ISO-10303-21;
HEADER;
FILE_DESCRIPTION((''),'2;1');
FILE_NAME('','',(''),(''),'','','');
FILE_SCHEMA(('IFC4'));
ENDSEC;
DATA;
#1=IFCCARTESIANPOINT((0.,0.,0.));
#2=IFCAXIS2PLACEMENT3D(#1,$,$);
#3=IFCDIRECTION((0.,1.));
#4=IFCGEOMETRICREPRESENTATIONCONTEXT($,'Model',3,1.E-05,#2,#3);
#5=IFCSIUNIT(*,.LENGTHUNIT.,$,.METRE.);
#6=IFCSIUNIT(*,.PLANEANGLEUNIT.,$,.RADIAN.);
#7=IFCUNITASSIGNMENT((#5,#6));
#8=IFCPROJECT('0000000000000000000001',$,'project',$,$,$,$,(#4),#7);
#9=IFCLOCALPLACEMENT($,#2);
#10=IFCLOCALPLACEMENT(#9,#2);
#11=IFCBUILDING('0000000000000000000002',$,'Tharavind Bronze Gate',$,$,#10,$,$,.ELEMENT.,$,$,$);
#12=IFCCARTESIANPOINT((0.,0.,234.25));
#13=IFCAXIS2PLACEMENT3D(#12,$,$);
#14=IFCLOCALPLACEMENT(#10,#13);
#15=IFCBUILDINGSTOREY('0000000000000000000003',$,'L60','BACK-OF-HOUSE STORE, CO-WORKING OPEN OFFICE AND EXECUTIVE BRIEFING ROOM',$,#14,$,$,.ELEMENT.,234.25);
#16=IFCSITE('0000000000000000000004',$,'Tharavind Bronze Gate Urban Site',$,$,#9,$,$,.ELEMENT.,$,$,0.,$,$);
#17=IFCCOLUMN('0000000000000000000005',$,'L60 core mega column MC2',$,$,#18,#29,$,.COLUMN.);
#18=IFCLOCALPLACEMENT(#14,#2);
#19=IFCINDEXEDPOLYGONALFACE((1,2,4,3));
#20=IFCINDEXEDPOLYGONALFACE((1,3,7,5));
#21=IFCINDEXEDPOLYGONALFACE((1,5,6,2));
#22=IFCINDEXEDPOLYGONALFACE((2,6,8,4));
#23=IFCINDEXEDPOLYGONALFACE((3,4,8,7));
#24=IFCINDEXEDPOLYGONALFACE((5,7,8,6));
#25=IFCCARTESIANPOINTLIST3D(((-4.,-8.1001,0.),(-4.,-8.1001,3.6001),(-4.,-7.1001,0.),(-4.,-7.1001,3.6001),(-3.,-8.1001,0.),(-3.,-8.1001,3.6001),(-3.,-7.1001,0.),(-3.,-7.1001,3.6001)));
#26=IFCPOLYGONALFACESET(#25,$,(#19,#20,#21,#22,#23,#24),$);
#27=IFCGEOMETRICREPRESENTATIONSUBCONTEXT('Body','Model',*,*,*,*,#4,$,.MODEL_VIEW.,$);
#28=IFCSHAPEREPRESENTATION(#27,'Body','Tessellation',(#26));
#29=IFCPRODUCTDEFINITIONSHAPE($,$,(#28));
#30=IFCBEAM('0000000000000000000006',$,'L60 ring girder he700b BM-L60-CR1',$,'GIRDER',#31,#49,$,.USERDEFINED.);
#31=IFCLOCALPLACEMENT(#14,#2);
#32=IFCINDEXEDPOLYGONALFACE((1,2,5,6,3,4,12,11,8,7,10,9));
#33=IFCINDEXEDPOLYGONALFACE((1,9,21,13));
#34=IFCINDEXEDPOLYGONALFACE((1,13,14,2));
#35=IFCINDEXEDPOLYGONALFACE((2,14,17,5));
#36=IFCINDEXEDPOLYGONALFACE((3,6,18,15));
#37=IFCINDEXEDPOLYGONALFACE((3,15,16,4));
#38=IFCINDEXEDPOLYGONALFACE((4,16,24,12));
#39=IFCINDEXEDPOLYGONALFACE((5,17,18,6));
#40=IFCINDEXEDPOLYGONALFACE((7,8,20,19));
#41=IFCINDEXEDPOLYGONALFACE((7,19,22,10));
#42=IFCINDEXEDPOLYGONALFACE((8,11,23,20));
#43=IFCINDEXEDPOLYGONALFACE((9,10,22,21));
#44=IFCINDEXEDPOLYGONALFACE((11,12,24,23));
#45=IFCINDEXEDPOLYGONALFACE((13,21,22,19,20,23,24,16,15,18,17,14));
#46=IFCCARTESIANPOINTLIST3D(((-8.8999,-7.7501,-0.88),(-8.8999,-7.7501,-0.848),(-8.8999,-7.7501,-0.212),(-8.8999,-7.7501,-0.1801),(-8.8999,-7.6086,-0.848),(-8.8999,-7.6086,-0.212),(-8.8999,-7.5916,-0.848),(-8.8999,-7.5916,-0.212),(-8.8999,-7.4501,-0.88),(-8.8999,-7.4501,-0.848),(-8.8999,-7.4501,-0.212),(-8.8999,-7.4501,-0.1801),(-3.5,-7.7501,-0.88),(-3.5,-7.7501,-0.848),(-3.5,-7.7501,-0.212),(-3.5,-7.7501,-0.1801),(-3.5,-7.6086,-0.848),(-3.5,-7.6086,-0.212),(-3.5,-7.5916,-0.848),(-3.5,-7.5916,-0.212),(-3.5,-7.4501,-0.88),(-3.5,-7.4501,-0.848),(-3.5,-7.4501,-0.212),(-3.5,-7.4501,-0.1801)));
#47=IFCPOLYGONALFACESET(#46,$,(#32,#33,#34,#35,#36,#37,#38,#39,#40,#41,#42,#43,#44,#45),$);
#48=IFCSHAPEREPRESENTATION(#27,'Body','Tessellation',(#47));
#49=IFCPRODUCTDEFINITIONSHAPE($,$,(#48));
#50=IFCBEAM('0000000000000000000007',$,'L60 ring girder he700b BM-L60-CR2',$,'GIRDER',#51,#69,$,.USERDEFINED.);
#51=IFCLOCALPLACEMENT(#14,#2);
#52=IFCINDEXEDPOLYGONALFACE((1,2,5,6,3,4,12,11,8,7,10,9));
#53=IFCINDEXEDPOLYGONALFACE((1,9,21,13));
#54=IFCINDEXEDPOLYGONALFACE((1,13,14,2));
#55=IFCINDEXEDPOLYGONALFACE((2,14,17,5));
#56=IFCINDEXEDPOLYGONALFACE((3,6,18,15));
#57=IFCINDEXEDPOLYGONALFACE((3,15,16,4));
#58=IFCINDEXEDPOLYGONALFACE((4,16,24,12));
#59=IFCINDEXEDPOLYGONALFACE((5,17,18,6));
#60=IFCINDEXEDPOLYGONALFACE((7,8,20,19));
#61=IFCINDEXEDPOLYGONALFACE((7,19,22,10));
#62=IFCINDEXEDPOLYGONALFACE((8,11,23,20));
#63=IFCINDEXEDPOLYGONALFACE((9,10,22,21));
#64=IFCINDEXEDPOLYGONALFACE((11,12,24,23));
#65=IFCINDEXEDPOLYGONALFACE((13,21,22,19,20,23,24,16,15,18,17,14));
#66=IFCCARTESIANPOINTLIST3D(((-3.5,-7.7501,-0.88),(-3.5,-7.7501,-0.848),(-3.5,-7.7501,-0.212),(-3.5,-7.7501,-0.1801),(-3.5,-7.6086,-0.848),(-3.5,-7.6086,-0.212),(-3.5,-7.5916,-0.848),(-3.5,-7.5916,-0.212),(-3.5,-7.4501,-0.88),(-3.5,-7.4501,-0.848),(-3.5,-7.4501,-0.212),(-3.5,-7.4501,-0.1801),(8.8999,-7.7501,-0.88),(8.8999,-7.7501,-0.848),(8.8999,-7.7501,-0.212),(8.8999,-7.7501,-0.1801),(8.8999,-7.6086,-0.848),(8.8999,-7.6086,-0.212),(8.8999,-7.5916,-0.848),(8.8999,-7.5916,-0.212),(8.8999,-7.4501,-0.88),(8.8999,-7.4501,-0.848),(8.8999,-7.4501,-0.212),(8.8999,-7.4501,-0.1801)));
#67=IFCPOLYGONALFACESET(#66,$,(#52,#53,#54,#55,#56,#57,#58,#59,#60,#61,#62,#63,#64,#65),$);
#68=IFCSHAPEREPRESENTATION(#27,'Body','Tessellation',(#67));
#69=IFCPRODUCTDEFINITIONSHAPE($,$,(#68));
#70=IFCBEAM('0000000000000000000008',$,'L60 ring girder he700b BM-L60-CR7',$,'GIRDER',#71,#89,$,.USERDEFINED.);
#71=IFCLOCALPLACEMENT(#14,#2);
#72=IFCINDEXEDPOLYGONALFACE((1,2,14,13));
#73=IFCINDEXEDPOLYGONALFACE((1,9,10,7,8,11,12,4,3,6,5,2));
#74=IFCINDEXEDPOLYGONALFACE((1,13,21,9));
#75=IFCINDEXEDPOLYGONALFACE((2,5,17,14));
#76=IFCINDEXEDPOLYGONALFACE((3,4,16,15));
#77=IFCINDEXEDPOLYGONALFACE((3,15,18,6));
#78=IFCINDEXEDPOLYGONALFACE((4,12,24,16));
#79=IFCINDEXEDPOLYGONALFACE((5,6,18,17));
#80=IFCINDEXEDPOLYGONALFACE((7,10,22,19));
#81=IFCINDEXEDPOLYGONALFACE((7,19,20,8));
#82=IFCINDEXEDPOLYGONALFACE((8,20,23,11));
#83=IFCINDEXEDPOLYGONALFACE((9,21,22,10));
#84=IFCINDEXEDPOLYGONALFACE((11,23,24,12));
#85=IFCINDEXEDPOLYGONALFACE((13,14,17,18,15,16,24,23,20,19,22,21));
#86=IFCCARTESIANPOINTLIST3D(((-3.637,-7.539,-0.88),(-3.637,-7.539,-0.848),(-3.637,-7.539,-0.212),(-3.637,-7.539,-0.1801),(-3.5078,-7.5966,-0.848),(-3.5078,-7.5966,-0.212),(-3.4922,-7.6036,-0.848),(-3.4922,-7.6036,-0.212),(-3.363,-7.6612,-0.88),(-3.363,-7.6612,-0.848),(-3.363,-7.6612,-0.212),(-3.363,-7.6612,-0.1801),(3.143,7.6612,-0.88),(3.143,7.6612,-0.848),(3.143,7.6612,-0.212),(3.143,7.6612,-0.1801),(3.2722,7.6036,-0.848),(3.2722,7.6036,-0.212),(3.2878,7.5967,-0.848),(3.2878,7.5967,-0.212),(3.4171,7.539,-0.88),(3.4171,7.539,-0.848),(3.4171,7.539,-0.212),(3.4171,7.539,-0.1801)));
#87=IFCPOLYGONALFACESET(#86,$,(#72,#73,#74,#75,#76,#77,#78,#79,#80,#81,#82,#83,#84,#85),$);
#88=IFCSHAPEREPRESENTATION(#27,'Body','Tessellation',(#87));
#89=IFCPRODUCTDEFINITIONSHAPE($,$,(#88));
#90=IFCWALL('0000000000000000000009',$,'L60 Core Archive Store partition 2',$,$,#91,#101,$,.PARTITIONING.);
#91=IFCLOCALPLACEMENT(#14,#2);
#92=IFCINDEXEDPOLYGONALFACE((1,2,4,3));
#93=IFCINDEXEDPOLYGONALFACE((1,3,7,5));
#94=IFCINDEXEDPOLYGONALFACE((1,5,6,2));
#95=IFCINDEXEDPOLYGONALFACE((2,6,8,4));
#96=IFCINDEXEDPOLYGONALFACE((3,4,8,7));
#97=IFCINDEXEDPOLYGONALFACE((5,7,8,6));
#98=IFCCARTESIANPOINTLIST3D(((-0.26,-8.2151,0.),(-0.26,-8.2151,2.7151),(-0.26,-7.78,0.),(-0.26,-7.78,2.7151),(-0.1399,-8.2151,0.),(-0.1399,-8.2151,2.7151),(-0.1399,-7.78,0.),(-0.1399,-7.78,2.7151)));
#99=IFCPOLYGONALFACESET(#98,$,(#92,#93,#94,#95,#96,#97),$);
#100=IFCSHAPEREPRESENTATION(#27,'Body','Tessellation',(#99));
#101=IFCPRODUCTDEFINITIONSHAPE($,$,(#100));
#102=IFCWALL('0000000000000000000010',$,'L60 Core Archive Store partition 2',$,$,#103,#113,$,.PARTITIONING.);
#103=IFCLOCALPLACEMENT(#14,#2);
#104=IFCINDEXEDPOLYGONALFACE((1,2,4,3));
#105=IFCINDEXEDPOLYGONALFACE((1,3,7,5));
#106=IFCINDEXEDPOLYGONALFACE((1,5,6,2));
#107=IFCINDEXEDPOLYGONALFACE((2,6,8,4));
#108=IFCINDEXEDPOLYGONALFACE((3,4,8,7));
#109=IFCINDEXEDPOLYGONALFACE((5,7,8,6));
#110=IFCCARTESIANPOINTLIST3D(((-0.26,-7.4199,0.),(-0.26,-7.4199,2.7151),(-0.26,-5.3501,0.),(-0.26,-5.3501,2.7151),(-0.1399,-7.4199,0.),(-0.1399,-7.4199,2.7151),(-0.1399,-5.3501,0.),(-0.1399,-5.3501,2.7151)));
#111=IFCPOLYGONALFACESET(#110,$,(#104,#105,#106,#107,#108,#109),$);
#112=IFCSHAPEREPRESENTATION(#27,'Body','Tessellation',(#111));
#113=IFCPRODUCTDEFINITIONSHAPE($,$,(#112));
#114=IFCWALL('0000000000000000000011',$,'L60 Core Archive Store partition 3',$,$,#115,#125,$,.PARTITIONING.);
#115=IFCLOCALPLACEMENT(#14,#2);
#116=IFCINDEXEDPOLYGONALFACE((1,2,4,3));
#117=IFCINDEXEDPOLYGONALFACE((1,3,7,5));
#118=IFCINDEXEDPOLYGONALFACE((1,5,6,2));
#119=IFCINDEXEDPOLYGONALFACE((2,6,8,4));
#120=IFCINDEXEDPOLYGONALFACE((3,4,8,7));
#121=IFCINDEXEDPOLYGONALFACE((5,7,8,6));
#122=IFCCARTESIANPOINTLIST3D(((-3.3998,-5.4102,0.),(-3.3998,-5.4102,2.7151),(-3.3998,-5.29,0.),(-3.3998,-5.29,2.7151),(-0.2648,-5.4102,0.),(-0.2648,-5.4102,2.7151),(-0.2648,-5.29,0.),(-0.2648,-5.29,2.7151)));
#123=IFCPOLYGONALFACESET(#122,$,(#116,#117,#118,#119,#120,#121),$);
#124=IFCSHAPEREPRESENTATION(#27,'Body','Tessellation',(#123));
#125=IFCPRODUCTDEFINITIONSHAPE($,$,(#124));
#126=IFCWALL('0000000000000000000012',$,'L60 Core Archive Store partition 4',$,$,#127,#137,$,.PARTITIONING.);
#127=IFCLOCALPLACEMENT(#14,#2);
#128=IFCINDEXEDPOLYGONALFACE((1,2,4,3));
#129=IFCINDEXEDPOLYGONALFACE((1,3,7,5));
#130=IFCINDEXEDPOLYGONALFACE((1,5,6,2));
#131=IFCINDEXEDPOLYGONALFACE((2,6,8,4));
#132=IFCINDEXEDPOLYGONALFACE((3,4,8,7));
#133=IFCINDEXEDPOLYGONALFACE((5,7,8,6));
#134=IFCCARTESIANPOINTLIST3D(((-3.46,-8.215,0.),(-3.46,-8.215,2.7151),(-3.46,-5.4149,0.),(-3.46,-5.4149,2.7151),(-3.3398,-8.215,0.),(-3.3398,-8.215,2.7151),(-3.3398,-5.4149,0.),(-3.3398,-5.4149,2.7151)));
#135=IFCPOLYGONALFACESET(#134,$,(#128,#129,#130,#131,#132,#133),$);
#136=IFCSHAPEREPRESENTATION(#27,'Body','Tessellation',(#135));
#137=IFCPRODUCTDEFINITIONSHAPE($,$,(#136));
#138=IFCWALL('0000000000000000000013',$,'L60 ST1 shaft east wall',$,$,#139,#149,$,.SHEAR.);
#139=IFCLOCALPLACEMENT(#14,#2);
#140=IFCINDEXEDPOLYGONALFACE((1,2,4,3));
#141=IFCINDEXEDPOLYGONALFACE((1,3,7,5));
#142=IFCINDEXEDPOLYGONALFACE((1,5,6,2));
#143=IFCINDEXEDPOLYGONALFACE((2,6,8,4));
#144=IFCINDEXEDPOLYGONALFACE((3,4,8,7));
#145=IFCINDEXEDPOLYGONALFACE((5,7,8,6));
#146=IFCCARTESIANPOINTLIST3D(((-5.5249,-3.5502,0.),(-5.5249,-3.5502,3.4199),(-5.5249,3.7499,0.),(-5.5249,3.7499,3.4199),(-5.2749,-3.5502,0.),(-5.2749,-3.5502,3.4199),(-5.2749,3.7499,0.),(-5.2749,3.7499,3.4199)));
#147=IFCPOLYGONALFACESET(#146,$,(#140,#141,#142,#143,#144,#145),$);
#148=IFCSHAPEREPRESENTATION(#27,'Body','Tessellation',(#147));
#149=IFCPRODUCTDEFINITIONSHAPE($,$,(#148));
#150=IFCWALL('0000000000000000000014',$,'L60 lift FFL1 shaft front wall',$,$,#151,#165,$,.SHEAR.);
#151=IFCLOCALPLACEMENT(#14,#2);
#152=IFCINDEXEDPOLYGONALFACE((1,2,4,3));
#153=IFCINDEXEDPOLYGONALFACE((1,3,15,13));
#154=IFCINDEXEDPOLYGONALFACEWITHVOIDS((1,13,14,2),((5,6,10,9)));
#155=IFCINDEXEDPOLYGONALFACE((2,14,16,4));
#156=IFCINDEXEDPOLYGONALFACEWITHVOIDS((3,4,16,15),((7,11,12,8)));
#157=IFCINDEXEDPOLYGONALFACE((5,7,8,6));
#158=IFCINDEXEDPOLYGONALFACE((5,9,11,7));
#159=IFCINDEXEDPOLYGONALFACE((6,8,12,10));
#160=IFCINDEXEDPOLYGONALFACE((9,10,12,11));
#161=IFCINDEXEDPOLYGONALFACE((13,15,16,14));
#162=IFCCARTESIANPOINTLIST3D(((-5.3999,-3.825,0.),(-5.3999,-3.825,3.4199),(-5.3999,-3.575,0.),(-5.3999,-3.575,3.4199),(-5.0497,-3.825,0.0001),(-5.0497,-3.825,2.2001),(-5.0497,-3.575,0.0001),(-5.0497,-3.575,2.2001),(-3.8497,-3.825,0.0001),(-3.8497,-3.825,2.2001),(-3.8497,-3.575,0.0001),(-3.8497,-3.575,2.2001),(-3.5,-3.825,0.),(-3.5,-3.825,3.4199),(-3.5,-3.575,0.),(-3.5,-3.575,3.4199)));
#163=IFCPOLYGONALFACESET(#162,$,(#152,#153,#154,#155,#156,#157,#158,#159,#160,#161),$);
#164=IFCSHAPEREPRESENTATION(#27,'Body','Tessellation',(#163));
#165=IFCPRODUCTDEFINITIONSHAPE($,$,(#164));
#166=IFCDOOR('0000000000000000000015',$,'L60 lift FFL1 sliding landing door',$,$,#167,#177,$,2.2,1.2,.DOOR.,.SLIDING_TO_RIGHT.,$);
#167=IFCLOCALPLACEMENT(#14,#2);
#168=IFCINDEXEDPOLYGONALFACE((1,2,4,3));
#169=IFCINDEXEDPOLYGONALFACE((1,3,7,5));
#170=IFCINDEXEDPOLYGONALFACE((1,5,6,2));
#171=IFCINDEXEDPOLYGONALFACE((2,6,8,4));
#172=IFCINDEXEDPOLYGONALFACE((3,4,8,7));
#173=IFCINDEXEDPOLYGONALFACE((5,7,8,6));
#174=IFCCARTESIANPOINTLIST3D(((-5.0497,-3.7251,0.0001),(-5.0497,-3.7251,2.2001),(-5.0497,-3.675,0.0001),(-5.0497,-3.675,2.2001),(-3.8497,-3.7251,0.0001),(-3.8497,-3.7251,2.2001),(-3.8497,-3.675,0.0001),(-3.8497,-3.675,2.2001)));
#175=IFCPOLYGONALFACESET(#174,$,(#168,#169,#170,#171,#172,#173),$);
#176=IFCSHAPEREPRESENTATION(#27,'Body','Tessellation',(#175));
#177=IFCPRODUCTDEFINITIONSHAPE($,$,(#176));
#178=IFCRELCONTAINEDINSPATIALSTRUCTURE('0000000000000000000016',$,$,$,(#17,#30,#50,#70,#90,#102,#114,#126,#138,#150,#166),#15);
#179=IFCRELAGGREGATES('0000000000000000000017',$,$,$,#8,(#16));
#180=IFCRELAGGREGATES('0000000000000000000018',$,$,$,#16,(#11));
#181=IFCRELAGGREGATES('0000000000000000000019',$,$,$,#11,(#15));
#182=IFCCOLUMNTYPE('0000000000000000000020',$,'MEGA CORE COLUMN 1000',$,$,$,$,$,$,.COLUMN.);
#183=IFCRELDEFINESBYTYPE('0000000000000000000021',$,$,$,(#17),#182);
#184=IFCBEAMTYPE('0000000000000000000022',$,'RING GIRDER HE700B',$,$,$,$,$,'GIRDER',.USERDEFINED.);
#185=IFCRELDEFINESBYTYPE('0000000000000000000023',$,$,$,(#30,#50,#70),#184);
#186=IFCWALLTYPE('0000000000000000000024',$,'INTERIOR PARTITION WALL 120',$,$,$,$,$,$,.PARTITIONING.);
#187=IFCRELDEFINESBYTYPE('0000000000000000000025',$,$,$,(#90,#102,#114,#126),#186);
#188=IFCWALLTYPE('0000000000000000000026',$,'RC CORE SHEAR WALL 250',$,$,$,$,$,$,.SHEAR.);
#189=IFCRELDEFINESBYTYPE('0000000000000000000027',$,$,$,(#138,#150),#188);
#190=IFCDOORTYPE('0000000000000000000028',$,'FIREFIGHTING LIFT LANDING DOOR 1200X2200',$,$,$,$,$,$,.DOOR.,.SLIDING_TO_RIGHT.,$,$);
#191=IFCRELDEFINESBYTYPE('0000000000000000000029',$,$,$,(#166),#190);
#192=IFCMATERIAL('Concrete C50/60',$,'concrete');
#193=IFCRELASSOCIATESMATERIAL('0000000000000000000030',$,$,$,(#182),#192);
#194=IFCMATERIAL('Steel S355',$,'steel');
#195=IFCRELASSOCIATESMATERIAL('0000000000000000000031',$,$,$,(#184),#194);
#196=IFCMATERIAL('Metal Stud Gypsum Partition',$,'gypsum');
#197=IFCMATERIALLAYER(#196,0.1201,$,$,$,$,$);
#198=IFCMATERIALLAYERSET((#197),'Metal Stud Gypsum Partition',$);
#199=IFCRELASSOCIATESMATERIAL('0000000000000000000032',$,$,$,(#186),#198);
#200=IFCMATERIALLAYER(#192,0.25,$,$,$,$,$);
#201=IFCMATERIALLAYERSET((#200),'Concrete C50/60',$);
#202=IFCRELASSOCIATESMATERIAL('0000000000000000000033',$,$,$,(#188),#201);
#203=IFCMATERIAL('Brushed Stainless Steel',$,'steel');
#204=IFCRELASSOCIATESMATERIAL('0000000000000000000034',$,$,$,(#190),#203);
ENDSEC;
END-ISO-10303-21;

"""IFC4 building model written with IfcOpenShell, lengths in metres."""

from ifc_helpers import new_model, si_unit, direction, frame, frame_2d, origin, origin_2d, place, context, subcontext, project, spatial, rectangle, i_section, extrude, material, layer, layer_set, material_profile, profile_set, type_object, element, fill, save


model = new_model("IFC4")

# Units and contexts
model_context = context("Model", 3, precision=1e-05, world=origin(), true_north=direction((0.0, 1.0)))
body_context = subcontext(model_context, "Body", "Model", "MODEL_VIEW")
ifc_project = project(units=[si_unit("LENGTHUNIT", "METRE"), si_unit("PLANEANGLEUNIT", "RADIAN")], contexts=[model_context])

# Site, building, storey
site_placement = place(None, origin())
site = spatial("IfcSite", under=ifc_project, at=site_placement, Name="Tharavind Bronze Gate Urban Site", CompositionType="ELEMENT", RefElevation=0.0)
building_placement = place(site_placement, origin())
building = spatial("IfcBuilding", under=site, at=building_placement, Name="Tharavind Bronze Gate", CompositionType="ELEMENT")
storey_placement = place(building_placement, frame((0.0, 0.0, 234.25)))
storey = spatial("IfcBuildingStorey", under=building, at=storey_placement, Name="L60", Description="BACK-OF-HOUSE STORE, CO-WORKING OPEN OFFICE AND EXECUTIVE BRIEFING ROOM", CompositionType="ELEMENT", Elevation=234.25)

# Column
ifc_material_1 = material(Name="Concrete C50/60", Category="concrete")
ifc_material_profile_1 = material_profile(ifc_material_1, rectangle(XDim=1.0, YDim=1.0, at=origin_2d()), Name="RCCOL1000")
ifc_profile_set_1 = profile_set([ifc_material_profile_1], Name="Concrete C50/60")
column_type = type_object("IfcColumnType", Name="MEGA CORE COLUMN 1000", PredefinedType="COLUMN", material=ifc_profile_set_1)
column_placement = place(storey_placement, frame((-3.5, -7.6001, 0.0), z_axis=(0.0, 0.0, 1.0), x_axis=(1.0, 0.0, 0.0)))
element("IfcColumn", 1, at=column_placement, inside=storey, type_object=column_type, Name="L60 core mega column MC2", PredefinedType="COLUMN", context=body_context, shape_type="SweptSolid", body=[
    extrude(rectangle(XDim=1.0, YDim=1.0, at=origin_2d()), origin(), (0.0, 0.0, 1.0), 3.6001),
])

# Beams
ifc_material_2 = material(Name="Steel S355", Category="steel")
ifc_material_profile_2 = material_profile(ifc_material_2, i_section(OverallWidth=0.3, OverallDepth=0.7, WebThickness=0.0171, FlangeThickness=0.032, at=origin_2d()), Name="HE700B")
ifc_profile_set_2 = profile_set([ifc_material_profile_2], Name="Steel S355")
beam_type = type_object("IfcBeamType", Name="RING GIRDER HE700B", ElementType="GIRDER", PredefinedType="USERDEFINED", material=ifc_profile_set_2)
beam_1_placement = place(storey_placement, frame((-8.8999, -7.6001, -0.53), z_axis=(1.0, 0.0, 0.0), x_axis=(0.0, 1.0, 0.0)))
element("IfcBeam", 2, at=beam_1_placement, inside=storey, type_object=beam_type, Name="L60 ring girder he700b BM-L60-CR1", ObjectType="GIRDER", PredefinedType="USERDEFINED", context=body_context, shape_type="SweptSolid", body=[
    extrude(i_section(OverallWidth=0.3, OverallDepth=0.7, WebThickness=0.0171, FlangeThickness=0.032, at=origin_2d()), origin(), (0.0, 0.0, 1.0), 5.3999),
])
beam_2_placement = place(storey_placement, frame((-3.5, -7.6001, -0.53), z_axis=(1.0, 0.0, 0.0), x_axis=(0.0, 1.0, 0.0)))
element("IfcBeam", 3, at=beam_2_placement, inside=storey, type_object=beam_type, Name="L60 ring girder he700b BM-L60-CR2", ObjectType="GIRDER", PredefinedType="USERDEFINED", context=body_context, shape_type="SweptSolid", body=[
    extrude(i_section(OverallWidth=0.3, OverallDepth=0.7, WebThickness=0.0171, FlangeThickness=0.032, at=origin_2d()), origin(), (0.0, 0.0, 1.0), 12.3999),
])
beam_3_placement = place(storey_placement, frame((-3.5, -7.6001, -0.53), z_axis=(0.407362, 0.913267, 0.0), x_axis=(-0.913267, 0.407362, 0.0)))
element("IfcBeam", 4, at=beam_3_placement, inside=storey, type_object=beam_type, Name="L60 ring girder he700b BM-L60-CR7", ObjectType="GIRDER", PredefinedType="USERDEFINED", context=body_context, shape_type="SweptSolid", body=[
    extrude(i_section(OverallWidth=0.3, OverallDepth=0.7, WebThickness=0.0171, FlangeThickness=0.032, at=origin_2d()), origin(), (0.0, 0.0, 1.0), 16.6438),
])

# Walls
ifc_material_3 = material(Name="Metal Stud Gypsum Partition", Category="gypsum")
ifc_layer_1 = layer(ifc_material_3, 0.1201)
ifc_layer_set_1 = layer_set([ifc_layer_1], Name="Metal Stud Gypsum Partition")
wall_type_1 = type_object("IfcWallType", Name="INTERIOR PARTITION WALL 120", PredefinedType="PARTITIONING", material=ifc_layer_set_1)
wall_1_placement = place(storey_placement, frame((-0.2, -8.2151, 0.0), z_axis=(0.0, 0.0, 1.0), x_axis=(0.0, 1.0, 0.0)))
element("IfcWall", 5, at=wall_1_placement, inside=storey, type_object=wall_type_1, Name="L60 Core Archive Store partition 2", PredefinedType="PARTITIONING", context=body_context, shape_type="SweptSolid", body=[
    extrude(rectangle(XDim=0.4351, YDim=0.1201, at=frame_2d((0.2175, 0.0))), origin(), (0.0, 0.0, 1.0), 2.7151),
])
wall_2_placement = place(storey_placement, frame((-0.2, -7.4199, 0.0), z_axis=(0.0, 0.0, 1.0), x_axis=(0.0, 1.0, 0.0)))
element("IfcWall", 6, at=wall_2_placement, inside=storey, type_object=wall_type_1, Name="L60 Core Archive Store partition 2", PredefinedType="PARTITIONING", context=body_context, shape_type="SweptSolid", body=[
    extrude(rectangle(XDim=2.0698, YDim=0.1201, at=frame_2d((1.0349, 0.0))), origin(), (0.0, 0.0, 1.0), 2.7151),
])
wall_3_placement = place(storey_placement, frame((-0.2649, -5.3501, 0.0), z_axis=(0.0, 0.0, 1.0), x_axis=(-1.0, 0.0, 0.0)))
element("IfcWall", 7, at=wall_3_placement, inside=storey, type_object=wall_type_1, Name="L60 Core Archive Store partition 3", PredefinedType="PARTITIONING", context=body_context, shape_type="SweptSolid", body=[
    extrude(rectangle(XDim=3.135, YDim=0.1201, at=frame_2d((1.5674, 0.0))), origin(), (0.0, 0.0, 1.0), 2.7151),
])
wall_4_placement = place(storey_placement, frame((-3.3999, -5.415, 0.0), z_axis=(0.0, 0.0, 1.0), x_axis=(0.0, -1.0, 0.0)))
element("IfcWall", 8, at=wall_4_placement, inside=storey, type_object=wall_type_1, Name="L60 Core Archive Store partition 4", PredefinedType="PARTITIONING", context=body_context, shape_type="SweptSolid", body=[
    extrude(rectangle(XDim=2.8, YDim=0.1201, at=frame_2d((1.3999, 0.0))), origin(), (0.0, 0.0, 1.0), 2.7151),
])
ifc_layer_2 = layer(ifc_material_1, 0.25)
ifc_layer_set_2 = layer_set([ifc_layer_2], Name="Concrete C50/60")
wall_type_2 = type_object("IfcWallType", Name="RC CORE SHEAR WALL 250", PredefinedType="SHEAR", material=ifc_layer_set_2)
wall_5_placement = place(storey_placement, frame((-5.3999, -3.55, 0.0), z_axis=(0.0, 0.0, 1.0), x_axis=(0.0, 1.0, 0.0)))
element("IfcWall", 9, at=wall_5_placement, inside=storey, type_object=wall_type_2, Name="L60 ST1 shaft east wall", PredefinedType="SHEAR", context=body_context, shape_type="SweptSolid", body=[
    extrude(rectangle(XDim=7.3, YDim=0.25, at=frame_2d((3.6499, 0.0))), origin(), (0.0, 0.0, 1.0), 3.4199),
])

# Wall, opening, door
wall_6_placement = place(storey_placement, frame((-5.3999, -3.7, 0.0), z_axis=(0.0, 0.0, 1.0), x_axis=(1.0, 0.0, 0.0)))
wall_6 = element("IfcWall", 10, at=wall_6_placement, inside=storey, type_object=wall_type_2, Name="L60 lift FFL1 shaft front wall", PredefinedType="SHEAR", context=body_context, shape_type="SweptSolid", body=[
    extrude(rectangle(XDim=1.8999, YDim=0.25, at=frame_2d((0.95, 0.0))), origin(), (0.0, 0.0, 1.0), 3.4199),
])
opening_1_placement = place(wall_6_placement, frame((0.3501, 0.0, 0.0)))
opening_1 = element("IfcOpeningElement", 11, at=opening_1_placement, cuts=wall_6, PredefinedType="OPENING", context=body_context, shape_type="SweptSolid", body=[
    extrude(rectangle(XDim=1.2, YDim=2.2, at=frame_2d((0.6001, 1.1001))), frame((0.0, 0.135, 0.0), z_axis=(0.0, -1.0, 0.0), x_axis=(1.0, 0.0, 0.0)), (0.0, 0.0, 1.0), 0.27),
])
ifc_material_4 = material(Name="Brushed Stainless Steel", Category="steel")
door_type_1 = type_object("IfcDoorType", Name="FIREFIGHTING LIFT LANDING DOOR 1200X2200", OperationType="SLIDING_TO_RIGHT", PredefinedType="DOOR", material=ifc_material_4)
door_1_placement = place(opening_1_placement, origin())
door_1 = element("IfcDoor", 12, at=door_1_placement, inside=storey, type_object=door_type_1, Name="L60 lift FFL1 sliding landing door", OperationType="SLIDING_TO_RIGHT", OverallHeight=2.2, OverallWidth=1.2, PredefinedType="DOOR", context=body_context, shape_type="SweptSolid", body=[
    extrude(rectangle(XDim=1.2, YDim=2.2, at=frame_2d((0.6001, 1.1001))), frame((0.0, 0.0249, 0.0), z_axis=(0.0, -1.0, 0.0), x_axis=(1.0, 0.0, 0.0)), (0.0, 0.0, 1.0), 0.05),
])
fill(opening_1, door_1)

save(model, "model.ifc")
